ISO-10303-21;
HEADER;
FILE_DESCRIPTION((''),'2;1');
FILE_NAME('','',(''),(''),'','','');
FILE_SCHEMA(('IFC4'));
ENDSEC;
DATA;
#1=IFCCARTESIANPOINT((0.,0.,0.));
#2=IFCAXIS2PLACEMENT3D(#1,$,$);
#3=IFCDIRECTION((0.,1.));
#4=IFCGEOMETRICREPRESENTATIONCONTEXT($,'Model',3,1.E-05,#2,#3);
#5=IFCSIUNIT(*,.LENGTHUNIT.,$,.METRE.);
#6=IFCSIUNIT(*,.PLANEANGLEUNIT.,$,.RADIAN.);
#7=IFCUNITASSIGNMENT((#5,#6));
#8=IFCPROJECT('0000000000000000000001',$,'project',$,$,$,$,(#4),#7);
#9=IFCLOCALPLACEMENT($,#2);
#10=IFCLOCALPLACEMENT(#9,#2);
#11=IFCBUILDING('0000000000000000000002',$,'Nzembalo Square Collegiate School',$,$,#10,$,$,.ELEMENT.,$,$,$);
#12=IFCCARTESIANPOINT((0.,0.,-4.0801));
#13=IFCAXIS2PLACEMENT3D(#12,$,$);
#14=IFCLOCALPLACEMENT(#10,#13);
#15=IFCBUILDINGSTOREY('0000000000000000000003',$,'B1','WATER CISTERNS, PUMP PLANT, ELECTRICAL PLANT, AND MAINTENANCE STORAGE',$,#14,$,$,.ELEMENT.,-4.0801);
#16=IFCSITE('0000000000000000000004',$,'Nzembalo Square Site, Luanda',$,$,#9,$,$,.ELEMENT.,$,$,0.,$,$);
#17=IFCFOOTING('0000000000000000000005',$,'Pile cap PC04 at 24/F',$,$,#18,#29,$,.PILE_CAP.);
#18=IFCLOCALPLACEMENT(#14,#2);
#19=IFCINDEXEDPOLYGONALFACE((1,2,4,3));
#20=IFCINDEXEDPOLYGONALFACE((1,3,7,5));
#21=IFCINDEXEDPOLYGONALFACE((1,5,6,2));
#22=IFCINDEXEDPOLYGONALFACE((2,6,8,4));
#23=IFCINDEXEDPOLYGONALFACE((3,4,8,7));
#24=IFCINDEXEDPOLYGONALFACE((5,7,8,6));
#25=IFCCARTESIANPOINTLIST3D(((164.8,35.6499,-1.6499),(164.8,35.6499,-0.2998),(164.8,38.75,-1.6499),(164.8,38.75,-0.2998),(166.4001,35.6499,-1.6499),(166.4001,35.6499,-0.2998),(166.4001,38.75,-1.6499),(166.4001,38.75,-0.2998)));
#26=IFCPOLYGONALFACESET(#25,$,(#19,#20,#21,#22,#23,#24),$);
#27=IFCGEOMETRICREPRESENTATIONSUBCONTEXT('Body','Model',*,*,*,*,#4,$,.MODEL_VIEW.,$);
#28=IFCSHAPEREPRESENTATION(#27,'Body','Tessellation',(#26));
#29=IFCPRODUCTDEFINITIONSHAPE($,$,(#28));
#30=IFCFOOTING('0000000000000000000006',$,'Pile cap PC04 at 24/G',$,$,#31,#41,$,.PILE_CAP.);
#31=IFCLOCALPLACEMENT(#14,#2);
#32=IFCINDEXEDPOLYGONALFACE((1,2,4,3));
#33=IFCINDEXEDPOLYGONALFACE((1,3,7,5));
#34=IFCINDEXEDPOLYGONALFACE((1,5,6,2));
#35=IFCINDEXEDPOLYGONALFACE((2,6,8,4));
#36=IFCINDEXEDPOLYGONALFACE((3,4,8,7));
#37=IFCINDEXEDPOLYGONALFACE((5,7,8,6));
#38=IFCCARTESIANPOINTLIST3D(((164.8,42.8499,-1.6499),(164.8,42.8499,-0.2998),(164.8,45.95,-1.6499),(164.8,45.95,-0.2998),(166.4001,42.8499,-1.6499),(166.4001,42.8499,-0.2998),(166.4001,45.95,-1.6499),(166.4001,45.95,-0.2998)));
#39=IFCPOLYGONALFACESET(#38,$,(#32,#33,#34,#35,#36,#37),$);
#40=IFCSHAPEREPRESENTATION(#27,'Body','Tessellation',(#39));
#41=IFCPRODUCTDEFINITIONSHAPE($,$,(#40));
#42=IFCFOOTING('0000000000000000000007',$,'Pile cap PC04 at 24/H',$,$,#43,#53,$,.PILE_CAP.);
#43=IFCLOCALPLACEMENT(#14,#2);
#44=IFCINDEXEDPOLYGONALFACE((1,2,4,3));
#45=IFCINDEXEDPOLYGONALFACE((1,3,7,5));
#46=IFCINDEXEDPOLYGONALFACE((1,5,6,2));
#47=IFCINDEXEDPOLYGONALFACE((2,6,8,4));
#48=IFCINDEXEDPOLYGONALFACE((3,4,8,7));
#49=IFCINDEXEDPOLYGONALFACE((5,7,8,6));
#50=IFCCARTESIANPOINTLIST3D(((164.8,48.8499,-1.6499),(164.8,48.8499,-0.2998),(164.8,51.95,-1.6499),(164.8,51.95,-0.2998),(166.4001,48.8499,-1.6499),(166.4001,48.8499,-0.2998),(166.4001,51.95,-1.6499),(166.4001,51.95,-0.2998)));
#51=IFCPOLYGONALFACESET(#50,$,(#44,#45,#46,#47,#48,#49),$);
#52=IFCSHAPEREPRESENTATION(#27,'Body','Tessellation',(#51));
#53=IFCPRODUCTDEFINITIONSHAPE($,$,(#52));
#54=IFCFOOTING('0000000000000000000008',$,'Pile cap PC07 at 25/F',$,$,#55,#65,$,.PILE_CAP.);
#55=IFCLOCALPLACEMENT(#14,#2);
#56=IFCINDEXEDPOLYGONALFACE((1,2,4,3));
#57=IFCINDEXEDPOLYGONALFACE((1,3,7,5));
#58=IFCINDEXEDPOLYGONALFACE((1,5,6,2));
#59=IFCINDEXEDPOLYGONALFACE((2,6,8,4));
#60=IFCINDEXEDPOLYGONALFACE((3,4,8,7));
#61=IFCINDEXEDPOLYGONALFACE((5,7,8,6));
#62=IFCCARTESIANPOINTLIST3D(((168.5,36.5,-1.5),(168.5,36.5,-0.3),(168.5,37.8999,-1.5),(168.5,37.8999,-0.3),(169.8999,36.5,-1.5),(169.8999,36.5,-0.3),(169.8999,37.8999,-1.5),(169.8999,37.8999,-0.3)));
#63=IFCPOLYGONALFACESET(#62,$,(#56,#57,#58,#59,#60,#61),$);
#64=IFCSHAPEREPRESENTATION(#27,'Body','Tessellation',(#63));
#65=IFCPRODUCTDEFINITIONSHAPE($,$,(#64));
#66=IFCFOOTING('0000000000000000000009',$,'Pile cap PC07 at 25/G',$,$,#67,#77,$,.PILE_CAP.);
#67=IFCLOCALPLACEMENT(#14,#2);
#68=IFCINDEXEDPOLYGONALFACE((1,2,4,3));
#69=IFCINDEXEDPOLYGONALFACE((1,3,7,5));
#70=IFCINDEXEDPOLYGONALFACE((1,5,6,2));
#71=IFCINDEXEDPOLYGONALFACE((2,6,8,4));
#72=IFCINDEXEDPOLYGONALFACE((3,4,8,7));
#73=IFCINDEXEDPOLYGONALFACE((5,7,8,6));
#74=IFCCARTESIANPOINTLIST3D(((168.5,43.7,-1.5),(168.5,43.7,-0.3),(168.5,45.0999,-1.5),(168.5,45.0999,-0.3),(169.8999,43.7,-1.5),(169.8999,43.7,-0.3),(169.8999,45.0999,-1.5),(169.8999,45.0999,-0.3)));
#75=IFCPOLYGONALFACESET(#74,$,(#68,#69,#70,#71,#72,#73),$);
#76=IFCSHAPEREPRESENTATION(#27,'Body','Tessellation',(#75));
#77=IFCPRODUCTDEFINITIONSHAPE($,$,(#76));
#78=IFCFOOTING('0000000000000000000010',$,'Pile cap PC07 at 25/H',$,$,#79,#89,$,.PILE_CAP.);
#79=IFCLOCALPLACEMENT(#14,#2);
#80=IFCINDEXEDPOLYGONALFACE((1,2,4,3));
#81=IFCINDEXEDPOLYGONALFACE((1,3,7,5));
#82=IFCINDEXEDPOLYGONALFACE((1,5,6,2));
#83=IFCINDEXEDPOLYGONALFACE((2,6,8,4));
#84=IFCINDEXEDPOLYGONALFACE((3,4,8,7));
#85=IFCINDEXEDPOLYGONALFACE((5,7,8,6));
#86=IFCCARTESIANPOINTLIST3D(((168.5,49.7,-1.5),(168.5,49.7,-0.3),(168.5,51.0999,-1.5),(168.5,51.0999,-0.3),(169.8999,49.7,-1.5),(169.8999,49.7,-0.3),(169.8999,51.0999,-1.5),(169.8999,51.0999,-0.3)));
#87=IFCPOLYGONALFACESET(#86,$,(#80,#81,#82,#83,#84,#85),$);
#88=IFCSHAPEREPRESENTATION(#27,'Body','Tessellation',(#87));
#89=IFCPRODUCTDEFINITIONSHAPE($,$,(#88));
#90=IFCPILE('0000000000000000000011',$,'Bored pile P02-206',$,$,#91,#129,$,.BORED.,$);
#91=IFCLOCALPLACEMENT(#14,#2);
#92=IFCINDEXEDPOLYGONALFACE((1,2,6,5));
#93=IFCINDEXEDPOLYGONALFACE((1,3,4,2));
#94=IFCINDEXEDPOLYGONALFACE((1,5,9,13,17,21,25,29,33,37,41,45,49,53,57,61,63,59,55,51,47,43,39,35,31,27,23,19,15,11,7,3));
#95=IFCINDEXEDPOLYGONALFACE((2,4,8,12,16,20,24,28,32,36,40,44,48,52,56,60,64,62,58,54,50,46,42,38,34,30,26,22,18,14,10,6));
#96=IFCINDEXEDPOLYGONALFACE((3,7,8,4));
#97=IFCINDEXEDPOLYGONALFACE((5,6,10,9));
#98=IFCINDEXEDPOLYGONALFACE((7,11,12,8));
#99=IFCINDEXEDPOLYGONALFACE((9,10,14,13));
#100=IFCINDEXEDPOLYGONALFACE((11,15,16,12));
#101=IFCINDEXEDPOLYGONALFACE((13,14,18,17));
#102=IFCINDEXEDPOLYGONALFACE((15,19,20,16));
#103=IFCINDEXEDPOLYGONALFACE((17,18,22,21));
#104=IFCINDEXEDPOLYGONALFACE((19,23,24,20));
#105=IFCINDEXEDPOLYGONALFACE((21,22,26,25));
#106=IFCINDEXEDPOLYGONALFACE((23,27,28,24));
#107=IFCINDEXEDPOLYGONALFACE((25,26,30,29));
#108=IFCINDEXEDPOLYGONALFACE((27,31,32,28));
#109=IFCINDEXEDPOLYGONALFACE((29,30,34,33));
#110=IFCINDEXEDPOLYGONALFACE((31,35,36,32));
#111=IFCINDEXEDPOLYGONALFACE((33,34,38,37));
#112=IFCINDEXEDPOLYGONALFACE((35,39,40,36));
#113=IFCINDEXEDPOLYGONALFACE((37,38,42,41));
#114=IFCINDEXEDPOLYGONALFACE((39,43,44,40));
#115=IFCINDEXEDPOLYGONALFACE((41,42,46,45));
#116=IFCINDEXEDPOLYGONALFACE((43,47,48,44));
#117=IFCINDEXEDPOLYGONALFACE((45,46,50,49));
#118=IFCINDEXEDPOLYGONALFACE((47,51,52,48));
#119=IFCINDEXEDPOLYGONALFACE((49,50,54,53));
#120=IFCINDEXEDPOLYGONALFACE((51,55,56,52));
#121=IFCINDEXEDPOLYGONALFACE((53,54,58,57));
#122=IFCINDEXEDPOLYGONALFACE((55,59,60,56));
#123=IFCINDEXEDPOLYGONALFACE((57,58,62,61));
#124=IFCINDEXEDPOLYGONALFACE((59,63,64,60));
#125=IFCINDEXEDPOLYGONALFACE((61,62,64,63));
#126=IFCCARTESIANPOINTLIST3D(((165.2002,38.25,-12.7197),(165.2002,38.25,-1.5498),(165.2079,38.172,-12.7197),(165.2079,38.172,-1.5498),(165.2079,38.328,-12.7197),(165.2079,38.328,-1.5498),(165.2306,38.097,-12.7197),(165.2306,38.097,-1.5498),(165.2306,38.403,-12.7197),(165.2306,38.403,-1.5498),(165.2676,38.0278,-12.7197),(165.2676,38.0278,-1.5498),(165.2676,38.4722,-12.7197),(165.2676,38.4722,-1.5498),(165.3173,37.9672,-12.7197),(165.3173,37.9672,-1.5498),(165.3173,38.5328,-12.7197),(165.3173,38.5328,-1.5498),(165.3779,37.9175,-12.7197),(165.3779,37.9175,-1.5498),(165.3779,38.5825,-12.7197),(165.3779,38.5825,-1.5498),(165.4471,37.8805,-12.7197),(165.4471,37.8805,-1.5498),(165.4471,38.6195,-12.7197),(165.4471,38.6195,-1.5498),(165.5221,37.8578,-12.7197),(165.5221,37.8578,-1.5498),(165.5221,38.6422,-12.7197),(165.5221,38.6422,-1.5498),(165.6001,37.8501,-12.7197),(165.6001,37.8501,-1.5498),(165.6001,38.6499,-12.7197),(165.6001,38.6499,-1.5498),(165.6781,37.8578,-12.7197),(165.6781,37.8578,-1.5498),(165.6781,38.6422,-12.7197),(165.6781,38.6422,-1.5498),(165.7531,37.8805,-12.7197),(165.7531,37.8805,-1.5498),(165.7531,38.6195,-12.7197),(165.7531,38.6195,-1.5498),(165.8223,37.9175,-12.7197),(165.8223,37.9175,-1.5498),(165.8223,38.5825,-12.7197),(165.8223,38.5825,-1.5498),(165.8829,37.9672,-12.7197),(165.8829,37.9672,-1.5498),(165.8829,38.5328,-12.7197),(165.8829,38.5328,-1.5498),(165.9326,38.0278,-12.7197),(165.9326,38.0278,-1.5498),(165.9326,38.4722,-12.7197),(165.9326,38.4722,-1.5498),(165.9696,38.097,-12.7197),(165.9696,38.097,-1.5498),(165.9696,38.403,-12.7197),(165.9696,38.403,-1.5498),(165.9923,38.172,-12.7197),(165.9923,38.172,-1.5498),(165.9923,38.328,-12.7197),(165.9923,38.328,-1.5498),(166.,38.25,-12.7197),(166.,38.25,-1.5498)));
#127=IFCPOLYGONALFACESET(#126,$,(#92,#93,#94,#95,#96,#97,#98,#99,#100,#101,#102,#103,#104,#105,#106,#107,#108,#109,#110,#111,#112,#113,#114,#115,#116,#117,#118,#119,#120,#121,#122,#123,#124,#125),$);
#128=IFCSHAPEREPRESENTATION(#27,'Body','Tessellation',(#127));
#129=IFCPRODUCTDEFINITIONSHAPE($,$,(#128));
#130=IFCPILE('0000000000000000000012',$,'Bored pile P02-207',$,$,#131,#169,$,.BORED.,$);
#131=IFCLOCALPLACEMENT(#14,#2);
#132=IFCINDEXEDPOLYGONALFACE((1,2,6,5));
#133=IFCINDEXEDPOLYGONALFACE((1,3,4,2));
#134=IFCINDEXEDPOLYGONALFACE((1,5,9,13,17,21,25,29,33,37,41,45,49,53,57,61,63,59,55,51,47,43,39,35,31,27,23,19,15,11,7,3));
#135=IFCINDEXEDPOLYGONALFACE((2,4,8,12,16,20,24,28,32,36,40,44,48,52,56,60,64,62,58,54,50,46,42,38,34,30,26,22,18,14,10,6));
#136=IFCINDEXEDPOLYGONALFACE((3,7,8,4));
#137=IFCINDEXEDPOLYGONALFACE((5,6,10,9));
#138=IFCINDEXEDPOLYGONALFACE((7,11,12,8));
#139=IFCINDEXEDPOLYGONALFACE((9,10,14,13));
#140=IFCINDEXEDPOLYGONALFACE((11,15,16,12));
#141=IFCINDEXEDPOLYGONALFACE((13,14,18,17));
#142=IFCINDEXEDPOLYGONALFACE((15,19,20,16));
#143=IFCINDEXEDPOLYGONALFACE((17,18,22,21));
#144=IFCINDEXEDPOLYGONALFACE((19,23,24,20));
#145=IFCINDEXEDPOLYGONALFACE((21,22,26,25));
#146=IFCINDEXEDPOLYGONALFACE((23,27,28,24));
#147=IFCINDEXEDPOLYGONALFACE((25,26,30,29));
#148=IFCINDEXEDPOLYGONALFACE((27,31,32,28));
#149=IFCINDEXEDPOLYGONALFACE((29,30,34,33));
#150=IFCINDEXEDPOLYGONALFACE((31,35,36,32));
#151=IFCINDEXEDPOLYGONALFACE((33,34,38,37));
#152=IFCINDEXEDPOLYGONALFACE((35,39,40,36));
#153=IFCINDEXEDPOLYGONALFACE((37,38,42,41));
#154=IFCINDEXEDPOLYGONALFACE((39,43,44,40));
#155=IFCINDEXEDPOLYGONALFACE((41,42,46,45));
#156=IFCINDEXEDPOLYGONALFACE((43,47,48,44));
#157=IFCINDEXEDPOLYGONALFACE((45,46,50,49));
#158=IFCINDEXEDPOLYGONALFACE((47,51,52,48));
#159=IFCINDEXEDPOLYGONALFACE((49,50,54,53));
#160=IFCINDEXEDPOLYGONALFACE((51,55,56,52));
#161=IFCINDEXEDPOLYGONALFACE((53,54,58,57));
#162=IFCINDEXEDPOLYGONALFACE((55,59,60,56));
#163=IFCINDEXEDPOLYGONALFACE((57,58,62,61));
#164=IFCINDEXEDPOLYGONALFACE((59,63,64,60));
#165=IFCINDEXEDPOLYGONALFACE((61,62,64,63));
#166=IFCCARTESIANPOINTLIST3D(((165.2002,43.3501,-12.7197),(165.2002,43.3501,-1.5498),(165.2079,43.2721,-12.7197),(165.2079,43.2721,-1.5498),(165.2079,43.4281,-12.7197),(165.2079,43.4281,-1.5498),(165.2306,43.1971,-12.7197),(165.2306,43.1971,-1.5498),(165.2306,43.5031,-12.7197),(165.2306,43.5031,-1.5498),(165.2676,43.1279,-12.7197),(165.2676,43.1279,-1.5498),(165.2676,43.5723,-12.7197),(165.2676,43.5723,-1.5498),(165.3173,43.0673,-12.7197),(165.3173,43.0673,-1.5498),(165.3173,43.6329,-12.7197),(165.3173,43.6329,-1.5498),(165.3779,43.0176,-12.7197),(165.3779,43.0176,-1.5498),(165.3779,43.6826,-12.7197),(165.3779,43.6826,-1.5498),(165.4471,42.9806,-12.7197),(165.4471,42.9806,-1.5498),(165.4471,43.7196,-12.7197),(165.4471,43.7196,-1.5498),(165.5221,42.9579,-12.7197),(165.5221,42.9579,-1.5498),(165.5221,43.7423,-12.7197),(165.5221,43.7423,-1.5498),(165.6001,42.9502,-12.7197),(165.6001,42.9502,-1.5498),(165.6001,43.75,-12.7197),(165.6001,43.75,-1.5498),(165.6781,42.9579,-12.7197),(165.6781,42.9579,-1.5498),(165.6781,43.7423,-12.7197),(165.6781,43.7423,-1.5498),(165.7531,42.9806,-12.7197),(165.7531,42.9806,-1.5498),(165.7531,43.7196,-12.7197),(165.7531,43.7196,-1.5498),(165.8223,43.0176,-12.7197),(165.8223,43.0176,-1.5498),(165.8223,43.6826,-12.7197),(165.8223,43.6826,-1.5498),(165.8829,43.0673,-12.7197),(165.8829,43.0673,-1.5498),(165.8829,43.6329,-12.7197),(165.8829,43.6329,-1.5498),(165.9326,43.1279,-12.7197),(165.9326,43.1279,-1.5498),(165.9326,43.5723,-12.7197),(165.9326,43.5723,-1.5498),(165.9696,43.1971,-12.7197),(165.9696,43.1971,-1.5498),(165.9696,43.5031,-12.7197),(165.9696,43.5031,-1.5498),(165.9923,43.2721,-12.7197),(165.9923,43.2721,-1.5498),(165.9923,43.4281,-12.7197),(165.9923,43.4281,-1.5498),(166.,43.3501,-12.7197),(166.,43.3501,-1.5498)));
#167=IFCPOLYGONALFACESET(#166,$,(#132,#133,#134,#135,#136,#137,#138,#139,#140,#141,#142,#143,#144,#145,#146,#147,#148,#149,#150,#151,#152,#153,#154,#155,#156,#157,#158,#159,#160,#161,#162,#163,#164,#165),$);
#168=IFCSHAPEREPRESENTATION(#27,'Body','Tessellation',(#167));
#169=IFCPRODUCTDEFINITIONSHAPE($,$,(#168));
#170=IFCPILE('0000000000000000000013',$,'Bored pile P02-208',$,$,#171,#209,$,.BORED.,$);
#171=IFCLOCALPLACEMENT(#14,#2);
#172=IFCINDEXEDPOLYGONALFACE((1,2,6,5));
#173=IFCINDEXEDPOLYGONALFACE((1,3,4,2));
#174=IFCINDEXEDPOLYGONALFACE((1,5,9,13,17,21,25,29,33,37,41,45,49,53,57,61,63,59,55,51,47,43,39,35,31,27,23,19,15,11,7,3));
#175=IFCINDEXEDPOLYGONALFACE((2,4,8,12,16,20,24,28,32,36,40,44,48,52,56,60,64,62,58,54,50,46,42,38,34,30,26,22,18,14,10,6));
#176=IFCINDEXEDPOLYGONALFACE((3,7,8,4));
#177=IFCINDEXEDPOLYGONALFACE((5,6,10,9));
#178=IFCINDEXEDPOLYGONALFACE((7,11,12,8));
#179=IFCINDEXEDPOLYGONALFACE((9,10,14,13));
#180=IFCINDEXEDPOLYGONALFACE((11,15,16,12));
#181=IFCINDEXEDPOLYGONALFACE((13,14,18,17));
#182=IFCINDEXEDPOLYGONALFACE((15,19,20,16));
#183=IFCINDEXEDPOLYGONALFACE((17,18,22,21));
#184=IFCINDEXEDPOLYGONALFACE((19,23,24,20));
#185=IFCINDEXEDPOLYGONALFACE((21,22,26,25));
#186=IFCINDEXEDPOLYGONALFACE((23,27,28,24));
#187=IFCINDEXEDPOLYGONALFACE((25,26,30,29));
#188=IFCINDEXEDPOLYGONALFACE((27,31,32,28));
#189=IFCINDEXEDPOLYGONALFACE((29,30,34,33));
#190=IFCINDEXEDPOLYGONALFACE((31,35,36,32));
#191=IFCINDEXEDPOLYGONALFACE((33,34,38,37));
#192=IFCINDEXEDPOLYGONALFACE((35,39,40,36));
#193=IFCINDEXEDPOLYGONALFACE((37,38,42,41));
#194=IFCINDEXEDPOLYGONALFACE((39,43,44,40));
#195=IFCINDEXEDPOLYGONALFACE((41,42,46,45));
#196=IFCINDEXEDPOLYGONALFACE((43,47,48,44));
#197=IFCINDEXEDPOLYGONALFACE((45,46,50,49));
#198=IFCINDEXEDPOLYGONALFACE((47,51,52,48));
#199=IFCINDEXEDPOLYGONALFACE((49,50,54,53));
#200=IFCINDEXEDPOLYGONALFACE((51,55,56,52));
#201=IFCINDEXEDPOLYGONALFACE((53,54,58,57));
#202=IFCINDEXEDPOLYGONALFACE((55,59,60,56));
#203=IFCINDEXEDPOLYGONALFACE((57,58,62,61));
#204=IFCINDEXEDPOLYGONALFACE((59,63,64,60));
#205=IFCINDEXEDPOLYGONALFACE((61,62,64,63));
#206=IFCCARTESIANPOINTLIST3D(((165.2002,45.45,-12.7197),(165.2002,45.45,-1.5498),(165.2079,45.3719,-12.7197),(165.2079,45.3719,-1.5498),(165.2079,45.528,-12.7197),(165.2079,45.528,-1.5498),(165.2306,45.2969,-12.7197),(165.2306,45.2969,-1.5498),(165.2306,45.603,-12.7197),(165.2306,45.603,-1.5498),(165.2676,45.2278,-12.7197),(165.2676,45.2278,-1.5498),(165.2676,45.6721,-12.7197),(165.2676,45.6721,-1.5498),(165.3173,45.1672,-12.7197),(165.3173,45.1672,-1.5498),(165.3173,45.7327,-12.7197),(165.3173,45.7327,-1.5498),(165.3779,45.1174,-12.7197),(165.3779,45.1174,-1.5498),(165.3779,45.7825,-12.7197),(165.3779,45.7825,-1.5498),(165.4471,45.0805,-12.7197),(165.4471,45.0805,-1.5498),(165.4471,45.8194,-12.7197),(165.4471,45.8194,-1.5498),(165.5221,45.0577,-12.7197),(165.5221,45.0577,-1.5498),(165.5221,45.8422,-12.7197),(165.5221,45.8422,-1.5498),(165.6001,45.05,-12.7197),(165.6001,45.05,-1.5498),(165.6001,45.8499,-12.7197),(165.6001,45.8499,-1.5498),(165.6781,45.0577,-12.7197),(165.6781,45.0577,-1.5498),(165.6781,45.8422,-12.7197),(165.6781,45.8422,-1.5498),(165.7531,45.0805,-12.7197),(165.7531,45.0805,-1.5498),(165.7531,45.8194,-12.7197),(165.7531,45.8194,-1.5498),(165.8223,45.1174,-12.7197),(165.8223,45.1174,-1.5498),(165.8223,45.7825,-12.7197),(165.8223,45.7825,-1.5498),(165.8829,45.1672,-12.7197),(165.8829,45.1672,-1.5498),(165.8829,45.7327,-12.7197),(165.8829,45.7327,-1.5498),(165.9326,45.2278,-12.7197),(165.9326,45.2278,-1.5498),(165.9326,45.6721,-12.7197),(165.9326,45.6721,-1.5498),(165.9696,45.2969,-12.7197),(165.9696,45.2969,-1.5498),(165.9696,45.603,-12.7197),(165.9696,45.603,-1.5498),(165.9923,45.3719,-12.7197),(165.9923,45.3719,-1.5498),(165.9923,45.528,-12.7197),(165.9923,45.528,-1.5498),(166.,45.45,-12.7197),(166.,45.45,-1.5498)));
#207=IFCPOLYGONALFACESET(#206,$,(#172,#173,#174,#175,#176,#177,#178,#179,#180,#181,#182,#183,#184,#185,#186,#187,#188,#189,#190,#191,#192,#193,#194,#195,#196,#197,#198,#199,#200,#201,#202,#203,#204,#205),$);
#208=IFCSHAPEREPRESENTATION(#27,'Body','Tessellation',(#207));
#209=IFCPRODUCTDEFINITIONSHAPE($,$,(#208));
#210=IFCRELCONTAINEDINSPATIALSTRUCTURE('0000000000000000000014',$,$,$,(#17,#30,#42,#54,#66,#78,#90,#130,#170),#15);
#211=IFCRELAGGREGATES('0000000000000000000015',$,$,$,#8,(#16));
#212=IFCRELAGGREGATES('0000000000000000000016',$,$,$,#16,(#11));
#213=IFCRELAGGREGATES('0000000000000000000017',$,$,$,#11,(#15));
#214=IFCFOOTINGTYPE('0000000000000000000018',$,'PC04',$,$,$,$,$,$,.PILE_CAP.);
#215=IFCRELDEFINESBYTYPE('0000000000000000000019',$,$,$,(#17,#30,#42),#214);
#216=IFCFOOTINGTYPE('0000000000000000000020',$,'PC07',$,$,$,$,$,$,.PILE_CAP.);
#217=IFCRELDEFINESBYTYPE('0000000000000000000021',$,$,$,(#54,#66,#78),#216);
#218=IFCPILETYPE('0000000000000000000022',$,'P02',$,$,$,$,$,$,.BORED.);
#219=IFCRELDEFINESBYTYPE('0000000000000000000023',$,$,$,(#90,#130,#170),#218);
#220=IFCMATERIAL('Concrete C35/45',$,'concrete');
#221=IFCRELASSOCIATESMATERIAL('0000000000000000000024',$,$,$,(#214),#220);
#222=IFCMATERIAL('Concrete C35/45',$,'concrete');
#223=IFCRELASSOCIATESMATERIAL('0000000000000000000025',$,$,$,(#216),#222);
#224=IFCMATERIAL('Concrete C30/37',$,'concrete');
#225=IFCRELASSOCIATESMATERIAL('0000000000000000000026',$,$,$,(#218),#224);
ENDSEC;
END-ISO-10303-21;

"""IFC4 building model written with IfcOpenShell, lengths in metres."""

from ifc_helpers import new_model, si_unit, direction, frame, origin, origin_2d, place, context, subcontext, project, spatial, rectangle, circle, extrude, material, material_profile, profile_set, type_object, element, save


model = new_model("IFC4")

# Units and contexts
model_context = context("Model", 3, precision=1e-05, world=origin(), true_north=direction((0.0, 1.0)))
body_context = subcontext(model_context, "Body", "Model", "MODEL_VIEW")
ifc_project = project(units=[si_unit("LENGTHUNIT", "METRE"), si_unit("PLANEANGLEUNIT", "RADIAN")], contexts=[model_context])

# Site, building, storey
site_placement = place(None, origin())
site = spatial("IfcSite", under=ifc_project, at=site_placement, Name="Nzembalo Square Site, Luanda", CompositionType="ELEMENT", RefElevation=0.0)
building_placement = place(site_placement, origin())
building = spatial("IfcBuilding", under=site, at=building_placement, Name="Nzembalo Square Collegiate School", CompositionType="ELEMENT")
storey_placement = place(building_placement, frame((0.0, 0.0, -4.0801)))
storey = spatial("IfcBuildingStorey", under=building, at=storey_placement, Name="B1", Description="WATER CISTERNS, PUMP PLANT, ELECTRICAL PLANT, AND MAINTENANCE STORAGE", CompositionType="ELEMENT", Elevation=-4.0801)

# Footings
ifc_material_1 = material(Name="Concrete C35/45", Category="concrete")
footing_type_1 = type_object("IfcFootingType", Name="PC04", PredefinedType="PILE_CAP", material=ifc_material_1)
for number, where, z_axis, x_axis, name in (
    (1, (165.6001, 37.2, -1.6499), (0.0, 0.0, 1.0), (1.0, 0.0, 0.0), "Pile cap PC04 at 24/F"),
    (2, (165.6001, 44.3999, -1.6499), (0.0, 0.0, 1.0), (1.0, 0.0, 0.0), "Pile cap PC04 at 24/G"),
    (3, (165.6001, 50.3999, -1.6499), (0.0, 0.0, 1.0), (1.0, 0.0, 0.0), "Pile cap PC04 at 24/H"),
):
    element("IfcFooting", number, at=place(storey_placement, frame(where, z_axis=z_axis, x_axis=x_axis)), inside=storey, type_object=footing_type_1, Name=name, PredefinedType="PILE_CAP", context=body_context, shape_type="SweptSolid", body=[
        extrude(rectangle(XDim=1.6001, YDim=3.1001, at=origin_2d()), origin(), (0.0, 0.0, 1.0), 1.3501),
    ])
ifc_material_2 = material(Name="Concrete C35/45", Category="concrete")
footing_type_2 = type_object("IfcFootingType", Name="PC07", PredefinedType="PILE_CAP", material=ifc_material_2)
for number, where, z_axis, x_axis, name in (
    (4, (169.2, 37.2, -1.5), (0.0, 0.0, 1.0), (1.0, 0.0, 0.0), "Pile cap PC07 at 25/F"),
    (5, (169.2, 44.3999, -1.5), (0.0, 0.0, 1.0), (1.0, 0.0, 0.0), "Pile cap PC07 at 25/G"),
    (6, (169.2, 50.3999, -1.5), (0.0, 0.0, 1.0), (1.0, 0.0, 0.0), "Pile cap PC07 at 25/H"),
):
    element("IfcFooting", number, at=place(storey_placement, frame(where, z_axis=z_axis, x_axis=x_axis)), inside=storey, type_object=footing_type_2, Name=name, PredefinedType="PILE_CAP", context=body_context, shape_type="SweptSolid", body=[
        extrude(rectangle(XDim=1.3999, YDim=1.3999, at=origin_2d()), origin(), (0.0, 0.0, 1.0), 1.2),
    ])

# Piles
ifc_material_3 = material(Name="Concrete C30/37", Category="concrete")
ifc_material_profile_1 = material_profile(ifc_material_3, circle(Radius=0.3999, at=origin_2d()), Name="PILE D800")
ifc_profile_set_1 = profile_set([ifc_material_profile_1], Name="Concrete C30/37")
pile_type = type_object("IfcPileType", Name="P02", PredefinedType="BORED", material=ifc_profile_set_1)
for number, where, z_axis, x_axis, name in (
    (7, (165.6001, 38.25, -1.5498), (0.0, 0.0, -1.0), (1.0, 0.0, 0.0), "Bored pile P02-206"),
    (8, (165.6001, 43.3501, -1.5498), (0.0, 0.0, -1.0), (1.0, 0.0, 0.0), "Bored pile P02-207"),
    (9, (165.6001, 45.45, -1.5498), (0.0, 0.0, -1.0), (1.0, 0.0, 0.0), "Bored pile P02-208"),
):
    element("IfcPile", number, at=place(storey_placement, frame(where, z_axis=z_axis, x_axis=x_axis)), inside=storey, type_object=pile_type, Name=name, PredefinedType="BORED", context=body_context, shape_type="SweptSolid", body=[
        extrude(circle(Radius=0.3999, at=origin_2d()), origin(), (0.0, 0.0, 1.0), 11.1699),
    ])

save(model, "model.ifc")
